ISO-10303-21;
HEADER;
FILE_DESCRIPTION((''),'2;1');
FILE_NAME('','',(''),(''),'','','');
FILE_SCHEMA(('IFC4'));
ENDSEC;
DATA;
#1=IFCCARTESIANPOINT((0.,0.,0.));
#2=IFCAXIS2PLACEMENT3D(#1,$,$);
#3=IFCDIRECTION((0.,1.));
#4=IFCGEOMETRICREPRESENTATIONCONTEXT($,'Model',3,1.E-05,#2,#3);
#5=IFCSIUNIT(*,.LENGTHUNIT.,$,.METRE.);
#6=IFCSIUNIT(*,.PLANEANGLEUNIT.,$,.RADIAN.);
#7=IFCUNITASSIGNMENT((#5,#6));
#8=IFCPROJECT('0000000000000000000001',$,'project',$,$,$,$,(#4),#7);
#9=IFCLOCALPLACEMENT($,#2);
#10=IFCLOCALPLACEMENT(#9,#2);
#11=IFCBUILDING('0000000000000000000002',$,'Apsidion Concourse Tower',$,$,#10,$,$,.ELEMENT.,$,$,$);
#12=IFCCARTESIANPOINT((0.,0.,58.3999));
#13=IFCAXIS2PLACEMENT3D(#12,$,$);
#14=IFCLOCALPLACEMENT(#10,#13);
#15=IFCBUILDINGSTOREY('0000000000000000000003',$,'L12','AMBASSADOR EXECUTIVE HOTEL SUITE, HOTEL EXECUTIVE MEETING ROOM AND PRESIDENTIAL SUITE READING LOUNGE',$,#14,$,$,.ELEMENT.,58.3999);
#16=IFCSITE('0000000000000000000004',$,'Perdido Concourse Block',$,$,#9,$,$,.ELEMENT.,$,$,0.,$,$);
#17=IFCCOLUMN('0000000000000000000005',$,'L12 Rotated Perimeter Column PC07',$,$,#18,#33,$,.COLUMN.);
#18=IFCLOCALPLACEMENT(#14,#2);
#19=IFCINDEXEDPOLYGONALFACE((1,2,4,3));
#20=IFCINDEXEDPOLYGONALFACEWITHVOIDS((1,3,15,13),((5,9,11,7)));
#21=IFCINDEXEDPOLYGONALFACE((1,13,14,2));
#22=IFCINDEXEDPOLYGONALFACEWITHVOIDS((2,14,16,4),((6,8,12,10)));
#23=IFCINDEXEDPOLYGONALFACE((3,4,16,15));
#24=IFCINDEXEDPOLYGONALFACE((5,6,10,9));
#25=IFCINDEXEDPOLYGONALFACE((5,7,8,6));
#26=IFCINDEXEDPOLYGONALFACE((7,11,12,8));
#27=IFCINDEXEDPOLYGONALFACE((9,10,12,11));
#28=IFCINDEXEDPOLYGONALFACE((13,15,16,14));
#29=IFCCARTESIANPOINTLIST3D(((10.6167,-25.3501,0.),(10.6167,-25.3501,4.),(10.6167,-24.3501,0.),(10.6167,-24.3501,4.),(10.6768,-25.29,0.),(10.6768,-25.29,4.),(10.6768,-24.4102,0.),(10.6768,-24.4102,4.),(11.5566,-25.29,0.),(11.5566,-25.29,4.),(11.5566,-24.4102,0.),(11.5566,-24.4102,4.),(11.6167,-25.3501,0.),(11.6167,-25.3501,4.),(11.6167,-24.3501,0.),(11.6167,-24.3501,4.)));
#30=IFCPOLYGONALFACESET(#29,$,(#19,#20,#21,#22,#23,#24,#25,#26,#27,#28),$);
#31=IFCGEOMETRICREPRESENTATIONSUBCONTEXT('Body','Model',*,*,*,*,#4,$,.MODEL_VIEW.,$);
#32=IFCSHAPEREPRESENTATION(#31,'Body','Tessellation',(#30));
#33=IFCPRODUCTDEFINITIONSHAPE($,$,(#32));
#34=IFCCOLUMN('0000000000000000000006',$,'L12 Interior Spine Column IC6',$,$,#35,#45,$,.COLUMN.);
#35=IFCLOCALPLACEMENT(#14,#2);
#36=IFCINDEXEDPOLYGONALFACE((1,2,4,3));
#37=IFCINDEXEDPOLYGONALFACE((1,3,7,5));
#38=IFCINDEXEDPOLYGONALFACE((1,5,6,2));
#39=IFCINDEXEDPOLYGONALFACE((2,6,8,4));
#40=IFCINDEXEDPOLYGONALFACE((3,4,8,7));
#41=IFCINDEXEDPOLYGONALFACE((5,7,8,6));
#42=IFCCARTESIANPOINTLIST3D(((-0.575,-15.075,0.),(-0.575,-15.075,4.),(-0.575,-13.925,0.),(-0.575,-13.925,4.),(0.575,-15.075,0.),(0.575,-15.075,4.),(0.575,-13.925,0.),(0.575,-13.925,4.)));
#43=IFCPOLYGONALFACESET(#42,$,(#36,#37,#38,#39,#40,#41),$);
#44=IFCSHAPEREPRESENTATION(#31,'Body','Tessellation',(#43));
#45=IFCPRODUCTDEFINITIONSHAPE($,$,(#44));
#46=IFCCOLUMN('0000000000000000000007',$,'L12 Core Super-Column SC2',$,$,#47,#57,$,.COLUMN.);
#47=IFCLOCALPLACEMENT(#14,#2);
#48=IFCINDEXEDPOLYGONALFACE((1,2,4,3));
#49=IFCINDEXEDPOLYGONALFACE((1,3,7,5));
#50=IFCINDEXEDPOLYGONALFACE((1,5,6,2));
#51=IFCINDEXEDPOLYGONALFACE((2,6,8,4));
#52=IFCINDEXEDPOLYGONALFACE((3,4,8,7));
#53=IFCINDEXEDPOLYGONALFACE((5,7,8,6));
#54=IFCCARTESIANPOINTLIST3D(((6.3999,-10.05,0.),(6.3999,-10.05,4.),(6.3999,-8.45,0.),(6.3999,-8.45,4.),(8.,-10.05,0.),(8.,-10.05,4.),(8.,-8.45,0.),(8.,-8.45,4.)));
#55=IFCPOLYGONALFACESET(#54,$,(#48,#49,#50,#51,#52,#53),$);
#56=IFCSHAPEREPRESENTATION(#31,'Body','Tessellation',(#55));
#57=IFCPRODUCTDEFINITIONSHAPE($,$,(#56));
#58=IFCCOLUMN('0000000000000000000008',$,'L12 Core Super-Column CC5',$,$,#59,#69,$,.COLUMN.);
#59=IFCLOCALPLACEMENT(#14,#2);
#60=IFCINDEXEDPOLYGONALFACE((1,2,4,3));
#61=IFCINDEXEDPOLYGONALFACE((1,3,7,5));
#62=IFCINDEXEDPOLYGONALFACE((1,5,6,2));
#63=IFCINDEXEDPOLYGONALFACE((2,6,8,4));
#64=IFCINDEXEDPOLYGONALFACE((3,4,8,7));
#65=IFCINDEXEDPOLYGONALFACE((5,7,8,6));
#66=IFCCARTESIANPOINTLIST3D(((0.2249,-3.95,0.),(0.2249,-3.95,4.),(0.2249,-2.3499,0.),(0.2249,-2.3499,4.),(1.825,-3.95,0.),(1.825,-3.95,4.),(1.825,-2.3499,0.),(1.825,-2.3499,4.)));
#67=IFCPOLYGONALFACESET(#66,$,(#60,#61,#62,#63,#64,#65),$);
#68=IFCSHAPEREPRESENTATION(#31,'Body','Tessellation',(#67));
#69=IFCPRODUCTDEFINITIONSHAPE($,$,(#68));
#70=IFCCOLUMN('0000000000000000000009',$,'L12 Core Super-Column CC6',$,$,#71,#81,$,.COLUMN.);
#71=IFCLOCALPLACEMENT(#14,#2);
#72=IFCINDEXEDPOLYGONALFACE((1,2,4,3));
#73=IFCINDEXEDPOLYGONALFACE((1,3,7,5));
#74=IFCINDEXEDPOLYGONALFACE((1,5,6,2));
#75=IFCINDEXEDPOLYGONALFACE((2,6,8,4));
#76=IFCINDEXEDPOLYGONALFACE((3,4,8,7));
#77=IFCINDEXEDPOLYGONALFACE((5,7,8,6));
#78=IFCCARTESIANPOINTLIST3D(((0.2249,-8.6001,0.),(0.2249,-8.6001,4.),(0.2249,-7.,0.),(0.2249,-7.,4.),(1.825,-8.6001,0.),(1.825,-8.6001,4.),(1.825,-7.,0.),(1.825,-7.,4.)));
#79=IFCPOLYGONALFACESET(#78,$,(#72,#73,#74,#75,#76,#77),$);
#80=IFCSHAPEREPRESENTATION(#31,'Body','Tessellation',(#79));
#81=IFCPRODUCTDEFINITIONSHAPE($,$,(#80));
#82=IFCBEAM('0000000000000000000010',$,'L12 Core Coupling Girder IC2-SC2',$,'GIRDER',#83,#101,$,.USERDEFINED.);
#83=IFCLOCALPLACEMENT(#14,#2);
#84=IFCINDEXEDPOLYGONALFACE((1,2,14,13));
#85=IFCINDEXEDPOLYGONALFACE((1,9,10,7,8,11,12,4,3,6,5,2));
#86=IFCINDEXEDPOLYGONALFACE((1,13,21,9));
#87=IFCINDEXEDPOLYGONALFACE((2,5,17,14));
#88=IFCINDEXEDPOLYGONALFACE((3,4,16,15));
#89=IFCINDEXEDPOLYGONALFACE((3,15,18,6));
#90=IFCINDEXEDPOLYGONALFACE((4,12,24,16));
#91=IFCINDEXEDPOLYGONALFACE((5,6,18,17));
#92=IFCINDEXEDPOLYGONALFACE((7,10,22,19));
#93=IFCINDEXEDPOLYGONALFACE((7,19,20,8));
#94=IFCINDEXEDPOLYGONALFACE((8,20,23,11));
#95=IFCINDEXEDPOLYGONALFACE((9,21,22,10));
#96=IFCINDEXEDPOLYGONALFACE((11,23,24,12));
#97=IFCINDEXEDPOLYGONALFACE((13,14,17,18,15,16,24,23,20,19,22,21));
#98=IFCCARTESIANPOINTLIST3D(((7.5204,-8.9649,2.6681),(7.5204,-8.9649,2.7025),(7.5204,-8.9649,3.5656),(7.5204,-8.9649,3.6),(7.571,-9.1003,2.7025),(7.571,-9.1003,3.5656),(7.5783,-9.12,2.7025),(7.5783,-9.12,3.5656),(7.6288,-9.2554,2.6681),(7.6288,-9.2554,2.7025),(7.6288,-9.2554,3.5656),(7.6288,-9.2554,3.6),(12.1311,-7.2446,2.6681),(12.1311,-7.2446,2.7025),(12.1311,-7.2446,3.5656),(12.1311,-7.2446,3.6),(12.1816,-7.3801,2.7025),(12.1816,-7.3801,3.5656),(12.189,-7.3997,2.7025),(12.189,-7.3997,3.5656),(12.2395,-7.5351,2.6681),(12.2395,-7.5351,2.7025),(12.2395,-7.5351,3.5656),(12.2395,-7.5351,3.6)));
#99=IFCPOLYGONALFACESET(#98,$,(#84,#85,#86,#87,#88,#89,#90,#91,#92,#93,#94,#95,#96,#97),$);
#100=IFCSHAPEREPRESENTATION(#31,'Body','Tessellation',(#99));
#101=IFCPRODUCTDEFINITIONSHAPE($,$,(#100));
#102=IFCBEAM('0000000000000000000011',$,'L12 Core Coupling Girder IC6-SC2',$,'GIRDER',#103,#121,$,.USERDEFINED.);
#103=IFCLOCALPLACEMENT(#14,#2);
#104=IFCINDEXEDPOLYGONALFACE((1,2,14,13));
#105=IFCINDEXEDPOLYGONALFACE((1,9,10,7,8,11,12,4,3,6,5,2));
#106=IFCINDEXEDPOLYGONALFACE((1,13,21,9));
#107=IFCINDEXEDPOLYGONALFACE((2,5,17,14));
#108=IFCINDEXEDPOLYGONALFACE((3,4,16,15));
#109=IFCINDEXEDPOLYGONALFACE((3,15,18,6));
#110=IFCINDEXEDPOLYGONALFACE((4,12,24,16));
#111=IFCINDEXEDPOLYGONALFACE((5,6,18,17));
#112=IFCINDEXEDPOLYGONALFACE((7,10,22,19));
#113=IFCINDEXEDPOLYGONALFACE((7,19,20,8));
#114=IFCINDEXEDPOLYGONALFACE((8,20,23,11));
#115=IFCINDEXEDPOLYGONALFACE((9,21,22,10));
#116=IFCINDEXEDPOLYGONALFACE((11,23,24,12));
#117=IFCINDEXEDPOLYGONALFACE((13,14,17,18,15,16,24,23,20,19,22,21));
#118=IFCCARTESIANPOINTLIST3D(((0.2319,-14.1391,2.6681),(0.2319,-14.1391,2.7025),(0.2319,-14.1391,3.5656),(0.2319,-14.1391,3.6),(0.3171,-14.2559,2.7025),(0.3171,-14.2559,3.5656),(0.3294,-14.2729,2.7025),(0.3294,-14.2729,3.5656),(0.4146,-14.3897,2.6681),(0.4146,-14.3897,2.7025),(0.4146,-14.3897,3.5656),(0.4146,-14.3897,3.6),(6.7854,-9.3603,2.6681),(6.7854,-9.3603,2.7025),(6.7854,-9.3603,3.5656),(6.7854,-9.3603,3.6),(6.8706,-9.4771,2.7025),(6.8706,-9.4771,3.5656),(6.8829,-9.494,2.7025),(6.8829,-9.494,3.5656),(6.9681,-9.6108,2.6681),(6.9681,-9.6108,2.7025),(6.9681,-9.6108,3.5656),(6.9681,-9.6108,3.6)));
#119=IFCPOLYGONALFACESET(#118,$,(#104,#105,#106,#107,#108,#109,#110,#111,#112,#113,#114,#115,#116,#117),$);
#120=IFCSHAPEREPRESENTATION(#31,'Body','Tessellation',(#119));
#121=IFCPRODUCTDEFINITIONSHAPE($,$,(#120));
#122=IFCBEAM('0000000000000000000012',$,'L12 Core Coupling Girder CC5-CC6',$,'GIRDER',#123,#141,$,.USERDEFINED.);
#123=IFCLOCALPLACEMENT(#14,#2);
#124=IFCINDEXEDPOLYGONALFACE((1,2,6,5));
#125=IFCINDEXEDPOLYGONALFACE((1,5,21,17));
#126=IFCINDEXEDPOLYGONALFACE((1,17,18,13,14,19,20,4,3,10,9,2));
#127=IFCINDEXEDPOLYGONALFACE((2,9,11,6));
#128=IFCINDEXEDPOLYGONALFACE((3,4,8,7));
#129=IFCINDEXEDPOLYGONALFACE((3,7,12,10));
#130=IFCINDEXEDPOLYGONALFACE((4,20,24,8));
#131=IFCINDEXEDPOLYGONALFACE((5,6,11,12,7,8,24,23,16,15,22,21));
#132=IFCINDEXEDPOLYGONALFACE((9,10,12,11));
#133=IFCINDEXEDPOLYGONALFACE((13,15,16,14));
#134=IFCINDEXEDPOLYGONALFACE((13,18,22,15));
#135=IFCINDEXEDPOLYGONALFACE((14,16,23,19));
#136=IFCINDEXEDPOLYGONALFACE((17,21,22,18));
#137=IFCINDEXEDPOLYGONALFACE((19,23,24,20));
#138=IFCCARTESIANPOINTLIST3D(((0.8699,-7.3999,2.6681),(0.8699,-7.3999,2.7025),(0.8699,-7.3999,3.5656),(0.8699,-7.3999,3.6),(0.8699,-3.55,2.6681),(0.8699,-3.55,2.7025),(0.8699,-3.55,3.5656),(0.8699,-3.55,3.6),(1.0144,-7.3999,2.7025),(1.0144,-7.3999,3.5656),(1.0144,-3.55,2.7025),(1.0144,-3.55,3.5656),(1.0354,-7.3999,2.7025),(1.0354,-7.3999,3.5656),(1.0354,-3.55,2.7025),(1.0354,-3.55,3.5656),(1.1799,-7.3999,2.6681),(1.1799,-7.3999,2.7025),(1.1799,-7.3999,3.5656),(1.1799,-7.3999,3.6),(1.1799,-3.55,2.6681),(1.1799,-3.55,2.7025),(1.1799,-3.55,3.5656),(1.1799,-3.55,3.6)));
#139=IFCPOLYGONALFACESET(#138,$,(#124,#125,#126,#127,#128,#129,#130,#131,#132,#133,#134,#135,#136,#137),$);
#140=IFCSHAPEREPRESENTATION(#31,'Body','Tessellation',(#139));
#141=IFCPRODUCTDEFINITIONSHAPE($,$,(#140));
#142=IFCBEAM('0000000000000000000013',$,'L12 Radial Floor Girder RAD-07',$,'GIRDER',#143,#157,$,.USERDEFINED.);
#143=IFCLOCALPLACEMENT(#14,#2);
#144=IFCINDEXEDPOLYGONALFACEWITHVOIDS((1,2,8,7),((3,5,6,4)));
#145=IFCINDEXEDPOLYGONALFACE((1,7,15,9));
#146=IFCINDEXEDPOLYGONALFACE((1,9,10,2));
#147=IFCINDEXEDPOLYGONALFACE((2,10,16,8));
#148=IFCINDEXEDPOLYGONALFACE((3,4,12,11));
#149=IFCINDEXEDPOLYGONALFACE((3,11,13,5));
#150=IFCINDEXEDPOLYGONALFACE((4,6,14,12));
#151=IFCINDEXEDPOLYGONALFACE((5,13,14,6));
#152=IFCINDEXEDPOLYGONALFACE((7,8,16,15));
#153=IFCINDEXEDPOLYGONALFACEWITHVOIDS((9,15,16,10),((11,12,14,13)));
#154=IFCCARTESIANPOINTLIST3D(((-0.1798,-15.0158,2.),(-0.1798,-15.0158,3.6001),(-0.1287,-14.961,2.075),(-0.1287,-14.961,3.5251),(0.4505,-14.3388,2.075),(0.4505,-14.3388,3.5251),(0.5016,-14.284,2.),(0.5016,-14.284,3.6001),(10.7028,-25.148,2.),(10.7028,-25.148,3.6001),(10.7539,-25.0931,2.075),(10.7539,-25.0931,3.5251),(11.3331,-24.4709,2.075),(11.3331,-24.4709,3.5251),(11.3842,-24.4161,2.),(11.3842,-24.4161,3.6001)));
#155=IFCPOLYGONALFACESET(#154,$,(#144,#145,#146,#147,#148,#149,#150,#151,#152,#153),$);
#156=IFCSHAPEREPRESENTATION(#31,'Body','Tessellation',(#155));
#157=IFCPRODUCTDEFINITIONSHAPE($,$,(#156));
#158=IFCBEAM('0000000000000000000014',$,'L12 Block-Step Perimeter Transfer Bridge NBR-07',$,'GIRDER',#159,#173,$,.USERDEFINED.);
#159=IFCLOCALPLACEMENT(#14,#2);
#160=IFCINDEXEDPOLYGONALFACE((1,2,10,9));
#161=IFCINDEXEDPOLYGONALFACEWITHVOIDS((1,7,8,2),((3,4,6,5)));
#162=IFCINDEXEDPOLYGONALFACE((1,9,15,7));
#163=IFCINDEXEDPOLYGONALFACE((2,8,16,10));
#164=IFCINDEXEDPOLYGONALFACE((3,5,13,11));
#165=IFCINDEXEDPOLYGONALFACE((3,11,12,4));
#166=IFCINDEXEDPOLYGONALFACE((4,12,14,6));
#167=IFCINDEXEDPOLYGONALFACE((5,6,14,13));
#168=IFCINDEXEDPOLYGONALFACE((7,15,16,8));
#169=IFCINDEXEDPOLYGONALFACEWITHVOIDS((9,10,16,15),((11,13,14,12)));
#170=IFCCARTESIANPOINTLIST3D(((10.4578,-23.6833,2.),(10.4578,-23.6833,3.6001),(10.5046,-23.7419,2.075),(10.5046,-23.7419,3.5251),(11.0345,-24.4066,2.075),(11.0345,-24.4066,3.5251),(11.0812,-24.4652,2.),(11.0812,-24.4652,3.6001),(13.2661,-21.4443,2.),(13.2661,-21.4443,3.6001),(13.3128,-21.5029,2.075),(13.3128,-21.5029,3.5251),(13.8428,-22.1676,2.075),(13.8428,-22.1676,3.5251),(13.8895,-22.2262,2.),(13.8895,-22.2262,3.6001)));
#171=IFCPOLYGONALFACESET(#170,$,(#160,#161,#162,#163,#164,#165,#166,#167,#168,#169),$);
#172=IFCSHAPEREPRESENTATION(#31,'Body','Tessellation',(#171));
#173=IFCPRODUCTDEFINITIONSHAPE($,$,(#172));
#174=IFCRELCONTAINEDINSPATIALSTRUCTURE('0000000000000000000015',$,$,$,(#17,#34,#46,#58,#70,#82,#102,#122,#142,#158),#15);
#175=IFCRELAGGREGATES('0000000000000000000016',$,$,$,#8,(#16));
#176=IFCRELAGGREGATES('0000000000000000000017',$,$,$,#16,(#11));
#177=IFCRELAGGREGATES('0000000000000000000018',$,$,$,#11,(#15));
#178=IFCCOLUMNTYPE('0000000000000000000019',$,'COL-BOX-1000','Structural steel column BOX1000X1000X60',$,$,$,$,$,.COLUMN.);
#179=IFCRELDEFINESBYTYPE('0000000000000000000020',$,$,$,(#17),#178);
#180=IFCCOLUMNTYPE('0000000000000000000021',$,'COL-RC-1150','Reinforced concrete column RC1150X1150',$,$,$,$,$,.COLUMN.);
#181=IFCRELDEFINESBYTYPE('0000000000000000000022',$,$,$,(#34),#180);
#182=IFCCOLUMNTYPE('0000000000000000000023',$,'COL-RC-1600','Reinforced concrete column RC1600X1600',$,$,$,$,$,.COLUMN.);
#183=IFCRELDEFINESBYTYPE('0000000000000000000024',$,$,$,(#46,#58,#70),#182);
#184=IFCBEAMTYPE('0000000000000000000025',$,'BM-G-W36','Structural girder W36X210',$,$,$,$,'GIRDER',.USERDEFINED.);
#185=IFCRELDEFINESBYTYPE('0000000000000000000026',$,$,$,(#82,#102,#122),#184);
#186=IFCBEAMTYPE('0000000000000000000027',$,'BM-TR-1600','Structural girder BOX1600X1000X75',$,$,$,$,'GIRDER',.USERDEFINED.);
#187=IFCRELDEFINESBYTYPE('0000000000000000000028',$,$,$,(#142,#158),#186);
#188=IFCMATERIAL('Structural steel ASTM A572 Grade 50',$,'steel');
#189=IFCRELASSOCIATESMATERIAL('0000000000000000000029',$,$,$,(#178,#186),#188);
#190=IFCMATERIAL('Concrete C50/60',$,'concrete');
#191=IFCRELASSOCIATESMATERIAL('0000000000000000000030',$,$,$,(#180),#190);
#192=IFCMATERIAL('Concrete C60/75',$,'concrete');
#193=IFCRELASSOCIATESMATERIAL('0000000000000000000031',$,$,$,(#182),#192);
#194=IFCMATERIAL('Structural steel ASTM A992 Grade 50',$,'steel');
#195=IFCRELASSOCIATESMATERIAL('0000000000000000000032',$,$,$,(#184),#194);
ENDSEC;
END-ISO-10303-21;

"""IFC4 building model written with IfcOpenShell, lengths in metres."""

from ifc_helpers import new_model, si_unit, direction, frame, origin, origin_2d, place, context, subcontext, project, spatial, rectangle, hollow_rectangle, i_section, extrude, material, material_profile, profile_set, type_object, element, save


model = new_model("IFC4")

# Units and contexts
model_context = context("Model", 3, precision=1e-05, world=origin(), true_north=direction((0.0, 1.0)))
body_context = subcontext(model_context, "Body", "Model", "MODEL_VIEW")
ifc_project = project(units=[si_unit("LENGTHUNIT", "METRE"), si_unit("PLANEANGLEUNIT", "RADIAN")], contexts=[model_context])

# Site, building, storey
site_placement = place(None, origin())
site = spatial("IfcSite", under=ifc_project, at=site_placement, Name="Perdido Concourse Block", CompositionType="ELEMENT", RefElevation=0.0)
building_placement = place(site_placement, origin())
building = spatial("IfcBuilding", under=site, at=building_placement, Name="Apsidion Concourse Tower", CompositionType="ELEMENT")
storey_placement = place(building_placement, frame((0.0, 0.0, 58.3999)))
storey = spatial("IfcBuildingStorey", under=building, at=storey_placement, Name="L12", Description="AMBASSADOR EXECUTIVE HOTEL SUITE, HOTEL EXECUTIVE MEETING ROOM AND PRESIDENTIAL SUITE READING LOUNGE", CompositionType="ELEMENT", Elevation=58.3999)

# Columns
ifc_material_1 = material(Name="Structural steel ASTM A572 Grade 50", Category="steel")
ifc_material_profile_1 = material_profile(ifc_material_1, hollow_rectangle(XDim=1.0, YDim=1.0, WallThickness=0.0601, at=origin_2d()), Name="BOX1000X1000X60")
ifc_profile_set_1 = profile_set([ifc_material_profile_1], Name="Structural steel ASTM A572 Grade 50")
column_type_1 = type_object("IfcColumnType", Name="COL-BOX-1000", Description="Structural steel column BOX1000X1000X60", PredefinedType="COLUMN", material=ifc_profile_set_1)
column_1_placement = place(storey_placement, frame((11.1167, -24.8501, 0.0), z_axis=(0.0, 0.0, 1.0), x_axis=(1.0, 0.0, 0.0)))
element("IfcColumn", 1, at=column_1_placement, inside=storey, type_object=column_type_1, Name="L12 Rotated Perimeter Column PC07", PredefinedType="COLUMN", context=body_context, shape_type="SweptSolid", body=[
    extrude(hollow_rectangle(XDim=1.0, YDim=1.0, WallThickness=0.0601, at=origin_2d()), origin(), (0.0, 0.0, 1.0), 4.0),
])
ifc_material_2 = material(Name="Concrete C50/60", Category="concrete")
ifc_material_profile_2 = material_profile(ifc_material_2, rectangle(XDim=1.1499, YDim=1.1499, at=origin_2d()), Name="RC 1150x1150")
ifc_profile_set_2 = profile_set([ifc_material_profile_2], Name="Concrete C50/60")
column_type_2 = type_object("IfcColumnType", Name="COL-RC-1150", Description="Reinforced concrete column RC1150X1150", PredefinedType="COLUMN", material=ifc_profile_set_2)
column_2_placement = place(storey_placement, frame((0.0, -14.5, 0.0), z_axis=(0.0, 0.0, 1.0), x_axis=(1.0, 0.0, 0.0)))
element("IfcColumn", 2, at=column_2_placement, inside=storey, type_object=column_type_2, Name="L12 Interior Spine Column IC6", PredefinedType="COLUMN", context=body_context, shape_type="SweptSolid", body=[
    extrude(rectangle(XDim=1.1499, YDim=1.1499, at=origin_2d()), origin(), (0.0, 0.0, 1.0), 4.0),
])
ifc_material_3 = material(Name="Concrete C60/75", Category="concrete")
ifc_material_profile_3 = material_profile(ifc_material_3, rectangle(XDim=1.6001, YDim=1.6001, at=origin_2d()), Name="RC 1600x1600")
ifc_profile_set_3 = profile_set([ifc_material_profile_3], Name="Concrete C60/75")
column_type_3 = type_object("IfcColumnType", Name="COL-RC-1600", Description="Reinforced concrete column RC1600X1600", PredefinedType="COLUMN", material=ifc_profile_set_3)
for number, where, z_axis, x_axis, name in (
    (3, (7.2, -9.25, 0.0), (0.0, 0.0, 1.0), (1.0, 0.0, 0.0), "L12 Core Super-Column SC2"),
    (4, (1.0249, -3.1499, 0.0), (0.0, 0.0, 1.0), (1.0, 0.0, 0.0), "L12 Core Super-Column CC5"),
    (5, (1.0249, -7.8, 0.0), (0.0, 0.0, 1.0), (1.0, 0.0, 0.0), "L12 Core Super-Column CC6"),
):
    element("IfcColumn", number, at=place(storey_placement, frame(where, z_axis=z_axis, x_axis=x_axis)), inside=storey, type_object=column_type_3, Name=name, PredefinedType="COLUMN", context=body_context, shape_type="SweptSolid", body=[
        extrude(rectangle(XDim=1.6001, YDim=1.6001, at=origin_2d()), origin(), (0.0, 0.0, 1.0), 4.0),
    ])

# Beams
ifc_material_4 = material(Name="Structural steel ASTM A992 Grade 50", Category="steel")
ifc_material_profile_4 = material_profile(ifc_material_4, i_section(OverallWidth=0.3101, OverallDepth=0.9319, WebThickness=0.021, FlangeThickness=0.0344, at=origin_2d()), Name="W36X210")
ifc_profile_set_4 = profile_set([ifc_material_profile_4], Name="Structural steel ASTM A992 Grade 50")
beam_type_1 = type_object("IfcBeamType", Name="BM-G-W36", Description="Structural girder W36X210", ElementType="GIRDER", PredefinedType="USERDEFINED", material=ifc_profile_set_4)
beam_1_placement = place(storey_placement, frame((12.1853, -7.3899, 3.134), z_axis=(-0.936913, -0.349563, 0.0), x_axis=(0.349563, -0.936913, 0.0)))
element("IfcBeam", 6, at=beam_1_placement, inside=storey, type_object=beam_type_1, Name="L12 Core Coupling Girder IC2-SC2", ObjectType="GIRDER", PredefinedType="USERDEFINED", context=body_context, shape_type="SweptSolid", body=[
    extrude(i_section(OverallWidth=0.3101, OverallDepth=0.9319, WebThickness=0.021, FlangeThickness=0.0344, at=origin_2d()), origin(), (0.0, 0.0, 1.0), 4.9211),
])
beam_2_placement = place(storey_placement, frame((0.3232, -14.2644, 3.134), z_axis=(0.807993, 0.589191, 0.0), x_axis=(-0.589191, 0.807993, 0.0)))
element("IfcBeam", 7, at=beam_2_placement, inside=storey, type_object=beam_type_1, Name="L12 Core Coupling Girder IC6-SC2", ObjectType="GIRDER", PredefinedType="USERDEFINED", context=body_context, shape_type="SweptSolid", body=[
    extrude(i_section(OverallWidth=0.3101, OverallDepth=0.9319, WebThickness=0.021, FlangeThickness=0.0344, at=origin_2d()), origin(), (0.0, 0.0, 1.0), 8.1108),
])
beam_3_placement = place(storey_placement, frame((1.0249, -3.55, 3.134), z_axis=(0.0, -1.0, 0.0), x_axis=(1.0, 0.0, 0.0)))
element("IfcBeam", 8, at=beam_3_placement, inside=storey, type_object=beam_type_1, Name="L12 Core Coupling Girder CC5-CC6", ObjectType="GIRDER", PredefinedType="USERDEFINED", context=body_context, shape_type="SweptSolid", body=[
    extrude(i_section(OverallWidth=0.3101, OverallDepth=0.9319, WebThickness=0.021, FlangeThickness=0.0344, at=origin_2d()), origin(), (0.0, 0.0, 1.0), 3.8499),
])
ifc_material_profile_5 = material_profile(ifc_material_1, hollow_rectangle(XDim=1.0, YDim=1.6001, WallThickness=0.075, at=origin_2d()), Name="BOX1600X1000X75")
ifc_profile_set_5 = profile_set([ifc_material_profile_5], Name="Structural steel ASTM A572 Grade 50")
beam_type_2 = type_object("IfcBeamType", Name="BM-TR-1600", Description="Structural girder BOX1600X1000X75", ElementType="GIRDER", PredefinedType="USERDEFINED", material=ifc_profile_set_5)
beam_4_placement = place(storey_placement, frame((0.1609, -14.6499, 2.8), z_axis=(0.731893, -0.68142, 0.0), x_axis=(0.68142, 0.731893, 0.0)))
element("IfcBeam", 9, at=beam_4_placement, inside=storey, type_object=beam_type_2, Name="L12 Radial Floor Girder RAD-07", ObjectType="GIRDER", PredefinedType="USERDEFINED", context=body_context, shape_type="SweptSolid", body=[
    extrude(hollow_rectangle(XDim=1.0, YDim=1.6001, WallThickness=0.075, at=origin_2d()), origin(), (0.0, 0.0, 1.0), 14.8691),
])
beam_5_placement = place(storey_placement, frame((10.7695, -24.0742, 2.8), z_axis=(0.781909, 0.623393, 0.0), x_axis=(-0.623393, 0.781909, 0.0)))
element("IfcBeam", 10, at=beam_5_placement, inside=storey, type_object=beam_type_2, Name="L12 Block-Step Perimeter Transfer Bridge NBR-07", ObjectType="GIRDER", PredefinedType="USERDEFINED", context=body_context, shape_type="SweptSolid", body=[
    extrude(hollow_rectangle(XDim=1.0, YDim=1.6001, WallThickness=0.075, at=origin_2d()), origin(), (0.0, 0.0, 1.0), 3.5916),
])

save(model, "model.ifc")
